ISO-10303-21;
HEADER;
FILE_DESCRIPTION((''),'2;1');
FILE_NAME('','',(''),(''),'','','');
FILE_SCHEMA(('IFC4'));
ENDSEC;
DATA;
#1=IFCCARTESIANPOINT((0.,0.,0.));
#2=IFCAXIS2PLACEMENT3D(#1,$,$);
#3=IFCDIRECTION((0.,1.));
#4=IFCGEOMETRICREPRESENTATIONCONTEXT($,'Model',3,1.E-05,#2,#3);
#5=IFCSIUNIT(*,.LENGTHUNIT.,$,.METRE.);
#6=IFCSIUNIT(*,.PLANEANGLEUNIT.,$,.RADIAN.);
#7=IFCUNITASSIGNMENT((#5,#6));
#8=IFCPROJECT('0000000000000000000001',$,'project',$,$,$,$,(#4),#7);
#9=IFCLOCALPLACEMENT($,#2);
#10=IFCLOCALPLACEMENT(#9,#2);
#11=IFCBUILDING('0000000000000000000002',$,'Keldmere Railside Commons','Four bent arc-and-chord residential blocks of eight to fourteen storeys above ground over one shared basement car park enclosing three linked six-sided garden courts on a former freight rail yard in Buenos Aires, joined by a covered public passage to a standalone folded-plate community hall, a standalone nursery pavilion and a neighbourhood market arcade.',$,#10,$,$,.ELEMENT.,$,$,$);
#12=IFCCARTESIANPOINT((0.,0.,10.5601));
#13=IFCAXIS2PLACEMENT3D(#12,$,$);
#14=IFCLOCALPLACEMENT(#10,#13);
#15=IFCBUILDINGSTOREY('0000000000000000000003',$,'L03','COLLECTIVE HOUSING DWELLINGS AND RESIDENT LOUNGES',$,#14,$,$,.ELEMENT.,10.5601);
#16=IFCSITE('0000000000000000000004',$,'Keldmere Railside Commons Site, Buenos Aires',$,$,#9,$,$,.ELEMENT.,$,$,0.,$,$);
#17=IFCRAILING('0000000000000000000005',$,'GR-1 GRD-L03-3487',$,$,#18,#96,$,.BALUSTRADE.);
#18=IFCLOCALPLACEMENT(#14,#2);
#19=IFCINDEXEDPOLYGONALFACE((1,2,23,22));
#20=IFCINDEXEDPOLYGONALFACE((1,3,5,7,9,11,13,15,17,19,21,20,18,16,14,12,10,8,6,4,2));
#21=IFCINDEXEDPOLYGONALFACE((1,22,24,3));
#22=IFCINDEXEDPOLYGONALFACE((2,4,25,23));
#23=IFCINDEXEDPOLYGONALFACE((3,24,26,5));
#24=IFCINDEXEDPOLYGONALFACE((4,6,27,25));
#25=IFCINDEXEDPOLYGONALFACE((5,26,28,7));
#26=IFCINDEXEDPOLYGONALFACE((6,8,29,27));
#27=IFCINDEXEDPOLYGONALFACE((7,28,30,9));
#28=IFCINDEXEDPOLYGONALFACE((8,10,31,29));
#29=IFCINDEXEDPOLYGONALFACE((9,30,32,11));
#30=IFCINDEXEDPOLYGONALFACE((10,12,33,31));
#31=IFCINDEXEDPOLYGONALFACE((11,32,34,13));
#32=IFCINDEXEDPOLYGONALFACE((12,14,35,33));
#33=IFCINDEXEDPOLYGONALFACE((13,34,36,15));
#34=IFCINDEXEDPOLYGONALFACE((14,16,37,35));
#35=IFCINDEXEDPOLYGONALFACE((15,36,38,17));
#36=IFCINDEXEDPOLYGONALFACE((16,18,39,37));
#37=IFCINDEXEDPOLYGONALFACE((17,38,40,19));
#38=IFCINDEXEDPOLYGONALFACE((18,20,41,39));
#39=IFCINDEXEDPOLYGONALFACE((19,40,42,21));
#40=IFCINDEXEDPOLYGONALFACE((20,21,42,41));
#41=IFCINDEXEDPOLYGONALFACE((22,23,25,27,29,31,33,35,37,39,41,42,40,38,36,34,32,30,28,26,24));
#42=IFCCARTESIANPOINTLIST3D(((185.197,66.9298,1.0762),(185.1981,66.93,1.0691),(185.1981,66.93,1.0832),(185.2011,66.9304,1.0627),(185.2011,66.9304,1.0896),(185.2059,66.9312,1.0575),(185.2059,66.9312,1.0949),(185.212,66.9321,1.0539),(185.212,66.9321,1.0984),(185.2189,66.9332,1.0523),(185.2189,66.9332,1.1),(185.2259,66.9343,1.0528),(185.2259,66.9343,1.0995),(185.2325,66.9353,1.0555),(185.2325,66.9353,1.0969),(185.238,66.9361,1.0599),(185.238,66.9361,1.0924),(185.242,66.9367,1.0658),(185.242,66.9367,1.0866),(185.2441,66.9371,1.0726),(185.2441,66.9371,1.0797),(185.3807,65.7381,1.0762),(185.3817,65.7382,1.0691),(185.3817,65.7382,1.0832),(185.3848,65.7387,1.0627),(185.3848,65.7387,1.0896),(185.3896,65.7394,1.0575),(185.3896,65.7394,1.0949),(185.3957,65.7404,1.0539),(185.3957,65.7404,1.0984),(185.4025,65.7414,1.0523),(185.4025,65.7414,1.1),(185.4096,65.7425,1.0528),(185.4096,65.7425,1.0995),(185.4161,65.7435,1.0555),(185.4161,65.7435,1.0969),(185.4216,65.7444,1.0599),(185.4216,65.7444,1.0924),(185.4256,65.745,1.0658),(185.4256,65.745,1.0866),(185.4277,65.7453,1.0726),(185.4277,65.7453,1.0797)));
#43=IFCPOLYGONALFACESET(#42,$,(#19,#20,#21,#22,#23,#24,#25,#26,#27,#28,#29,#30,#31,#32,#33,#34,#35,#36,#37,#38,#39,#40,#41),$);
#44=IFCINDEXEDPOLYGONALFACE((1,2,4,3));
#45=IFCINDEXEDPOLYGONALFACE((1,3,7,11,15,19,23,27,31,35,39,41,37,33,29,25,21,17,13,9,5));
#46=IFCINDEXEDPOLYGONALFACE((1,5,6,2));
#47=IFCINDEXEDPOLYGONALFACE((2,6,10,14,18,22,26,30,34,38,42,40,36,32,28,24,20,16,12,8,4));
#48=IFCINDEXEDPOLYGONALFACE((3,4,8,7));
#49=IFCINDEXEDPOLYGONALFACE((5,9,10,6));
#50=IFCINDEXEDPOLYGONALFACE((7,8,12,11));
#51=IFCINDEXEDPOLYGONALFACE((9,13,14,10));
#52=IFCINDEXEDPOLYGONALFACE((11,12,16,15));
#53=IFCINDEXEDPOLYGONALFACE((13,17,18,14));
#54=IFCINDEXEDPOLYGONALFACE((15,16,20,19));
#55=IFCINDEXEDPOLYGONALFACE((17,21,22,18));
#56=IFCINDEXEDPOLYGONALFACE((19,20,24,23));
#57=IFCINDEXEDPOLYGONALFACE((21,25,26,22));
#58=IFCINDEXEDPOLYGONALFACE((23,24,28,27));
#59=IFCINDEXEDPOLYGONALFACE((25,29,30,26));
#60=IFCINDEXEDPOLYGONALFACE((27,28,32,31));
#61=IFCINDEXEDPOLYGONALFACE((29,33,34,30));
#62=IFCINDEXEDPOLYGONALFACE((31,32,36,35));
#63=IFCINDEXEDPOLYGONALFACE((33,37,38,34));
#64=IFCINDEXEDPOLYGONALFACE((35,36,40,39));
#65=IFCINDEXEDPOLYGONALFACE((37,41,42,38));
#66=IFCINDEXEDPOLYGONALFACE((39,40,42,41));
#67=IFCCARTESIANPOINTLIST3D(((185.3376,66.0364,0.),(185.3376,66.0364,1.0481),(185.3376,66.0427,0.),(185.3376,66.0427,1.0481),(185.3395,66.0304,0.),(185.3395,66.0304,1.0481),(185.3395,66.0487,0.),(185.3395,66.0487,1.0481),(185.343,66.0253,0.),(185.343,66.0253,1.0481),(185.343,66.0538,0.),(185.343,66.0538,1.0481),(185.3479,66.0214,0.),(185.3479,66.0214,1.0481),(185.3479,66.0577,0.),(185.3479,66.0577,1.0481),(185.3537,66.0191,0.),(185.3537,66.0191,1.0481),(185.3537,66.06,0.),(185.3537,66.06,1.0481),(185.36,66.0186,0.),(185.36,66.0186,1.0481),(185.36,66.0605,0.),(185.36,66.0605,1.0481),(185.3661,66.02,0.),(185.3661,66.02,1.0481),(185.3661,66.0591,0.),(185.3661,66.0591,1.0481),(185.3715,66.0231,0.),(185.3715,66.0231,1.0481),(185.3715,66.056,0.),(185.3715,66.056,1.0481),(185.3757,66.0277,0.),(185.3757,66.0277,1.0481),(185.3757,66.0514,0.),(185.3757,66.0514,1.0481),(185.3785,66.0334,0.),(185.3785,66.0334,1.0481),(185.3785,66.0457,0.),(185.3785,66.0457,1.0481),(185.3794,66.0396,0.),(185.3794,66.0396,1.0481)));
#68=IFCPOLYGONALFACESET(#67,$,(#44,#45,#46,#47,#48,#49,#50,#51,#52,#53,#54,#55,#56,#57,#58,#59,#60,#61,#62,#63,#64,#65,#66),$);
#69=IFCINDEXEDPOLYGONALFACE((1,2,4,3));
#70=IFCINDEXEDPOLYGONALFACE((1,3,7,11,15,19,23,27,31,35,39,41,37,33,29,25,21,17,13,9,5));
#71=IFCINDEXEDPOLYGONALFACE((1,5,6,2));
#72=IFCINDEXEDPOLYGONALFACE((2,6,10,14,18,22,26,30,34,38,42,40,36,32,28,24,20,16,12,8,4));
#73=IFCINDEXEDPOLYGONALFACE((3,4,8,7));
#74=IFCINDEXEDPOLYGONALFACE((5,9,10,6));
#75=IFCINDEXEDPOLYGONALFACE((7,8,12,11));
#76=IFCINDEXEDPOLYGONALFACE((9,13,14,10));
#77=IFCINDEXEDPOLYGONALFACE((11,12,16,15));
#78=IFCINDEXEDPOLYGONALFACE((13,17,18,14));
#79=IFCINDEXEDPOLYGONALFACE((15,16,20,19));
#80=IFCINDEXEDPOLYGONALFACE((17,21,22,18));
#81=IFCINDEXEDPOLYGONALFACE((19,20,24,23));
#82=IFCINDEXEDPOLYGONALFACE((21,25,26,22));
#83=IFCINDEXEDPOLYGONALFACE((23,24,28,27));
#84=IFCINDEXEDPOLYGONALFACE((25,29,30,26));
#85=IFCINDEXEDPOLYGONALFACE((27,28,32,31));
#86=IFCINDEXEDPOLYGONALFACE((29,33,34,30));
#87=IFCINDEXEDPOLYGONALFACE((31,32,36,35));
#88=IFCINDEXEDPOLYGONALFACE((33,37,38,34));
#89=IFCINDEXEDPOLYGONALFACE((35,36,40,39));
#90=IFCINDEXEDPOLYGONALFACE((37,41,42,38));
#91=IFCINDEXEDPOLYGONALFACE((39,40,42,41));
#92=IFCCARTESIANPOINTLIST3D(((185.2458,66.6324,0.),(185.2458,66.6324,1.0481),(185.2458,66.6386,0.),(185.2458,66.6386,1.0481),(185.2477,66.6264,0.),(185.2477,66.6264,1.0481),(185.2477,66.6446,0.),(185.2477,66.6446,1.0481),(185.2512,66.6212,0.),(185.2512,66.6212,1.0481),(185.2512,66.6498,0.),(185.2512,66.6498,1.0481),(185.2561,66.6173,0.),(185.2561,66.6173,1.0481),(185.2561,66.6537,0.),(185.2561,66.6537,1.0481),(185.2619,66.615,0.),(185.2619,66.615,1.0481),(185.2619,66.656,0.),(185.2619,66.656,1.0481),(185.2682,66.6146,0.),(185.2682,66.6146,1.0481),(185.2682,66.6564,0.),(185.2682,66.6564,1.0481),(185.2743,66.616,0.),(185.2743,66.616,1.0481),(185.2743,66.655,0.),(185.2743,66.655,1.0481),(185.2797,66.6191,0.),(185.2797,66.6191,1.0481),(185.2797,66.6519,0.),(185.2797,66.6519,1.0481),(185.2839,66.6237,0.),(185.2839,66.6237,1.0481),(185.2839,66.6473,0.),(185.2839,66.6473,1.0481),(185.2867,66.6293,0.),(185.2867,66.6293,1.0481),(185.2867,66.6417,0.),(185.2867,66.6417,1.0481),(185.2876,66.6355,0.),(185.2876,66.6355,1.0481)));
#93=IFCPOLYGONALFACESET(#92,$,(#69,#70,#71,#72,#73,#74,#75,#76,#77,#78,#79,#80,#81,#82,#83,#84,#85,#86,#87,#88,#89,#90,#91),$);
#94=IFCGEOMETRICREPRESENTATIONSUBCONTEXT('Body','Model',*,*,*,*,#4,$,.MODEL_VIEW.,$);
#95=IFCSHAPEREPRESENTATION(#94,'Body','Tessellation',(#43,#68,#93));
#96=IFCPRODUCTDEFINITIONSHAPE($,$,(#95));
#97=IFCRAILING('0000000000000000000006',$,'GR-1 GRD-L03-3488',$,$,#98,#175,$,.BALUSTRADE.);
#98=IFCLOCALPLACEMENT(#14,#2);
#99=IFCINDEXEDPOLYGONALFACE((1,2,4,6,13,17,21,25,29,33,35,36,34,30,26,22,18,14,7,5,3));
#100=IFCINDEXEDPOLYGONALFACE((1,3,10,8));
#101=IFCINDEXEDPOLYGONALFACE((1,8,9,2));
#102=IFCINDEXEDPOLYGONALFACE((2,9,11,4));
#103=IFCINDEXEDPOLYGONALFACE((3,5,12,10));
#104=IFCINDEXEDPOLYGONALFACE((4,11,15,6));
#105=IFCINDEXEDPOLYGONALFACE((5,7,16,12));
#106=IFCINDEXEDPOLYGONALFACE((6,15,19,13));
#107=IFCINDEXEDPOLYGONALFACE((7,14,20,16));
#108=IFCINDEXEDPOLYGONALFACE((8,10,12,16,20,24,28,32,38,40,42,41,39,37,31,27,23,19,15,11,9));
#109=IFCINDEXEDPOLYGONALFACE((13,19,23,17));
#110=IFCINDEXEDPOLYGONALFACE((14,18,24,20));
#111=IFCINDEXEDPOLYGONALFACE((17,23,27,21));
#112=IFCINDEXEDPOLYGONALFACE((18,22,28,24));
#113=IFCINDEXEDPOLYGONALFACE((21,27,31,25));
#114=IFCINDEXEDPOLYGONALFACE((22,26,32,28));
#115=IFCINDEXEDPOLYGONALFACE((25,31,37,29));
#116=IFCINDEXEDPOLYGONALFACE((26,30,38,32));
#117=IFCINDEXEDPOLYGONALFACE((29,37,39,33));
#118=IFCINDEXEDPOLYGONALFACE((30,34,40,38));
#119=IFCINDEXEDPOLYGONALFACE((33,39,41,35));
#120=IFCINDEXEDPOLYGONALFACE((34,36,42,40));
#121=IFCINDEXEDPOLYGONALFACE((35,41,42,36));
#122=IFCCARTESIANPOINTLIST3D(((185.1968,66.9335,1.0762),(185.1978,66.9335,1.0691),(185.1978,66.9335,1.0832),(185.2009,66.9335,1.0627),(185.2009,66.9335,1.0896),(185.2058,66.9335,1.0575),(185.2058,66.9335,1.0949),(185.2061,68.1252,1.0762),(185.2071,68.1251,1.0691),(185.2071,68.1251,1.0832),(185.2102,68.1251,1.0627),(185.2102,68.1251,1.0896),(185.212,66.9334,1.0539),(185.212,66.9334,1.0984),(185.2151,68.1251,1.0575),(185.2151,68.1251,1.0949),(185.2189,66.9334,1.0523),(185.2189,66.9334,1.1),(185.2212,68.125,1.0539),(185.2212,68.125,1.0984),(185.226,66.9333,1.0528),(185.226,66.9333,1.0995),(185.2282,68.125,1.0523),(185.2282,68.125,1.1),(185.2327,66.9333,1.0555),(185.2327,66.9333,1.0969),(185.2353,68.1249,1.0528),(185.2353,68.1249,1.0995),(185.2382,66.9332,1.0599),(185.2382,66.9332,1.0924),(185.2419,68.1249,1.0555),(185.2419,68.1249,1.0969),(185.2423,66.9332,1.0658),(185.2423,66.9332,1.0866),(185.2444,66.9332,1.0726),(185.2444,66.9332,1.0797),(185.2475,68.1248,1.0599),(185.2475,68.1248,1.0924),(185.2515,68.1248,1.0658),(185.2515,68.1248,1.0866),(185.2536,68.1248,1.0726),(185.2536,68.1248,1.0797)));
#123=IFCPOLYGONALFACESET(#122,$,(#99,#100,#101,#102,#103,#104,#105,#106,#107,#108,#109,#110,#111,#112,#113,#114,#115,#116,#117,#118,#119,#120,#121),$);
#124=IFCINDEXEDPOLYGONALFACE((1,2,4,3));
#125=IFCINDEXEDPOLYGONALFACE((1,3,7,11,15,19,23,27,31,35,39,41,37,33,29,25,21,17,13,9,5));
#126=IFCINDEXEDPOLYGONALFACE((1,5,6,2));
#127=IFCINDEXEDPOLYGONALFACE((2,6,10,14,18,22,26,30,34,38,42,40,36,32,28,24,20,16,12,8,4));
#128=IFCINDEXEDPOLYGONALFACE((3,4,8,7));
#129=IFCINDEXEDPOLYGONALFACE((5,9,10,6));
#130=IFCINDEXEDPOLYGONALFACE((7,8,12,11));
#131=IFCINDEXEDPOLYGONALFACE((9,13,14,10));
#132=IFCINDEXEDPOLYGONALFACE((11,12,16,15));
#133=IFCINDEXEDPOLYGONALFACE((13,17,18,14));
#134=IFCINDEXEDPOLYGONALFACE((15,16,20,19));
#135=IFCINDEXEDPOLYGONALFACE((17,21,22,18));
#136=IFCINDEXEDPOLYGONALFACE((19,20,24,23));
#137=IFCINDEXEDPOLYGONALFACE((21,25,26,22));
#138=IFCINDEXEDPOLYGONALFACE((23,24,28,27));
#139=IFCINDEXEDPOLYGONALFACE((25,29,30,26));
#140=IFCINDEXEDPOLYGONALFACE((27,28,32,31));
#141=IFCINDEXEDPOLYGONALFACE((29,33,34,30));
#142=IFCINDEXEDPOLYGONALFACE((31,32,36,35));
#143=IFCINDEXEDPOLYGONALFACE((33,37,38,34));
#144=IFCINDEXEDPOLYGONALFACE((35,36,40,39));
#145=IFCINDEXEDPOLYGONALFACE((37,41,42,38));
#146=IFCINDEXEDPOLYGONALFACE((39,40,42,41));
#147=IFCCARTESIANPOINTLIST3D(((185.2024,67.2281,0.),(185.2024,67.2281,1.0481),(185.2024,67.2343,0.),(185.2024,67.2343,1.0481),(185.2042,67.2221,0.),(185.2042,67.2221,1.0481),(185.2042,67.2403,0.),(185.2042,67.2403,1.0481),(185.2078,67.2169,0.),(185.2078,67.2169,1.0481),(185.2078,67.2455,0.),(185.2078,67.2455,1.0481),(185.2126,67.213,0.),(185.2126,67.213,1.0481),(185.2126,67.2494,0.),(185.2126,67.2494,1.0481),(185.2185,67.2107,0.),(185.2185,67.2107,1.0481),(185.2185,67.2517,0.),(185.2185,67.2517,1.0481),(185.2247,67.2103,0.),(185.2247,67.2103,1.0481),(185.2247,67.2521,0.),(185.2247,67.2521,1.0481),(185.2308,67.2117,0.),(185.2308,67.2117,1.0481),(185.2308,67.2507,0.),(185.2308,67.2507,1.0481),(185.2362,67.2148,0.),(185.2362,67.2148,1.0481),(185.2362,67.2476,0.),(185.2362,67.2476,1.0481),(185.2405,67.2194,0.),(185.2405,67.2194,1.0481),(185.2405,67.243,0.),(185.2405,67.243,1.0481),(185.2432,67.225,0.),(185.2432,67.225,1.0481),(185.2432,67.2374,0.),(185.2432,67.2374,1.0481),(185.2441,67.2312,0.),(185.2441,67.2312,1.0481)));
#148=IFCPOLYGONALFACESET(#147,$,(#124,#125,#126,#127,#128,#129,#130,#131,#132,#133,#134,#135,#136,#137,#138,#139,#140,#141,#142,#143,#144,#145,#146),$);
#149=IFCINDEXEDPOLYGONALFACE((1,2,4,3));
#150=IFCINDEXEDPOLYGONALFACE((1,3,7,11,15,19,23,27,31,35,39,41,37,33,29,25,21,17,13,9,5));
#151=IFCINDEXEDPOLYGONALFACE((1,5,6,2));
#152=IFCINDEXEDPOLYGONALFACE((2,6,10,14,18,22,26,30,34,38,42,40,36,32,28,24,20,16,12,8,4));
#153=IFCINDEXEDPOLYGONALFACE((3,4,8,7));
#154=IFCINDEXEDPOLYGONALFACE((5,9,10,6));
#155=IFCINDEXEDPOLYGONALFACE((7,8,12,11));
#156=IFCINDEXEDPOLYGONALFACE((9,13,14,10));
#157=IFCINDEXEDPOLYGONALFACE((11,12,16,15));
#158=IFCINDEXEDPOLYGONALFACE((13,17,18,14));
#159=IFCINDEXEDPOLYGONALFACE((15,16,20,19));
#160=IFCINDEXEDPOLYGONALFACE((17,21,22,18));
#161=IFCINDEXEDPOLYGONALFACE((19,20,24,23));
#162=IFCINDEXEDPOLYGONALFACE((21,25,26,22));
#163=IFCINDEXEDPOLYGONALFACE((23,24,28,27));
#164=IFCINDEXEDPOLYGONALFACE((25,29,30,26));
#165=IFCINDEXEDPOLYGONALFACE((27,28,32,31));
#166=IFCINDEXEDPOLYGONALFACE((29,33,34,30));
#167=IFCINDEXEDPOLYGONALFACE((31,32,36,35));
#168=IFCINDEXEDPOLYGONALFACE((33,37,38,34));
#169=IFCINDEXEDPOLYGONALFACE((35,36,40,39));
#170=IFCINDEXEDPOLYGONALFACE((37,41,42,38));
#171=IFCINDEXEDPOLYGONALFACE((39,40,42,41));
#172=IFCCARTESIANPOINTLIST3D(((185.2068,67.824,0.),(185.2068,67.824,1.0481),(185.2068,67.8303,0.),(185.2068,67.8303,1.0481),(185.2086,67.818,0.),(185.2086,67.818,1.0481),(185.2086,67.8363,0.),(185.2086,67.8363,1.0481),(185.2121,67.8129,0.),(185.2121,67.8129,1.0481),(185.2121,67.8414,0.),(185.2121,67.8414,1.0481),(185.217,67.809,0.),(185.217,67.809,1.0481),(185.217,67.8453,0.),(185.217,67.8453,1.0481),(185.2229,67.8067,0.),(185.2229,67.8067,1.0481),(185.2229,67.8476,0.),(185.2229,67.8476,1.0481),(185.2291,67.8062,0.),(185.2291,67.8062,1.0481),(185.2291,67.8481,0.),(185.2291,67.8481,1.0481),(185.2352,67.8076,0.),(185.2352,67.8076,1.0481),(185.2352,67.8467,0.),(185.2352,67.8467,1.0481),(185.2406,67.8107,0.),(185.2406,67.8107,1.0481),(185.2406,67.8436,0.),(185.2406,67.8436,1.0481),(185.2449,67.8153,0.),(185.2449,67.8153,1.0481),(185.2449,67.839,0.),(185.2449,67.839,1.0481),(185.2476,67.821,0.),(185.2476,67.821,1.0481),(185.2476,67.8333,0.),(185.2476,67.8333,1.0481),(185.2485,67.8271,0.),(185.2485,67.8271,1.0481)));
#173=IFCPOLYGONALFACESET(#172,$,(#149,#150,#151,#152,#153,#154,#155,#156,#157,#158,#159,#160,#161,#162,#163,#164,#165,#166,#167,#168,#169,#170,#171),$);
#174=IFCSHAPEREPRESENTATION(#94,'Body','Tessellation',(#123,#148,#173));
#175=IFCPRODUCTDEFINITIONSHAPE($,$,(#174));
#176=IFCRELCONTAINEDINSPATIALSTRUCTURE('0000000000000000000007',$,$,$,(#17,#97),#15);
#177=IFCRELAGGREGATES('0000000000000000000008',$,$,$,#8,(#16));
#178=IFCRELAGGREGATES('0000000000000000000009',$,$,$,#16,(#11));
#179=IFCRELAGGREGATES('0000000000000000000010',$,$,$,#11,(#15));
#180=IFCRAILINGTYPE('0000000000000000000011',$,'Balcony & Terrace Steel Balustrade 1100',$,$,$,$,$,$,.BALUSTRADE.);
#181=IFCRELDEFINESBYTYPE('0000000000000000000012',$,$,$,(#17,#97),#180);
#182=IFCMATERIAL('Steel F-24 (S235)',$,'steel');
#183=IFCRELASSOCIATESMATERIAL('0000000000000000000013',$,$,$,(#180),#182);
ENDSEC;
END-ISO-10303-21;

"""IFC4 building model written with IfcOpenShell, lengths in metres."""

from ifc_helpers import new_model, si_unit, direction, frame, origin, origin_2d, place, context, subcontext, project, spatial, circle, extrude, material, type_object, element, save


model = new_model("IFC4")

# Units and contexts
model_context = context("Model", 3, precision=1e-05, world=origin(), true_north=direction((0.0, 1.0)))
body_context = subcontext(model_context, "Body", "Model", "MODEL_VIEW")
ifc_project = project(units=[si_unit("LENGTHUNIT", "METRE"), si_unit("PLANEANGLEUNIT", "RADIAN")], contexts=[model_context])

# Site, building, storey
site_placement = place(None, origin())
site = spatial("IfcSite", under=ifc_project, at=site_placement, Name="Keldmere Railside Commons Site, Buenos Aires", CompositionType="ELEMENT", RefElevation=0.0)
building_placement = place(site_placement, origin())
building = spatial("IfcBuilding", under=site, at=building_placement, Name="Keldmere Railside Commons", Description="Four bent arc-and-chord residential blocks of eight to fourteen storeys above ground over one shared basement car park enclosing three linked six-sided garden courts on a former freight rail yard in Buenos Aires, joined by a covered public passage to a standalone folded-plate community hall, a standalone nursery pavilion and a neighbourhood market arcade.", CompositionType="ELEMENT")
storey_placement = place(building_placement, frame((0.0, 0.0, 10.5601)))
storey = spatial("IfcBuildingStorey", under=building, at=storey_placement, Name="L03", Description="COLLECTIVE HOUSING DWELLINGS AND RESIDENT LOUNGES", CompositionType="ELEMENT", Elevation=10.5601)

# Railings
ifc_material_1 = material(Name="Steel F-24 (S235)", Category="steel")
railing_type_1 = type_object("IfcRailingType", Name="Balcony & Terrace Steel Balustrade 1100", PredefinedType="BALUSTRADE", material=ifc_material_1)
railing_1_placement = place(storey_placement, frame((185.4043, 65.7417, 0.0)))
element("IfcRailing", 1, at=railing_1_placement, inside=storey, type_object=railing_type_1, Name="GR-1 GRD-L03-3487", PredefinedType="BALUSTRADE", context=body_context, shape_type="SweptSolid", body=[
    extrude(circle(Radius=0.0239, at=origin_2d()), frame((0.0, 0.0, 1.0762), z_axis=(-0.15227, 0.988339, 0.0), x_axis=(-0.988339, -0.15227, 0.0)), (0.0, 0.0, 1.0), 1.2058),
    extrude(circle(Radius=0.021, at=origin_2d()), frame((-0.0459, 0.2979, 0.0)), (0.0, 0.0, 1.0), 1.0481),
    extrude(circle(Radius=0.021, at=origin_2d()), frame((-0.1377, 0.8938, 0.0)), (0.0, 0.0, 1.0), 1.0481),
])
railing_2_placement = place(storey_placement, frame((185.2207, 66.9333, 0.0)))
element("IfcRailing", 2, at=railing_2_placement, inside=storey, type_object=railing_type_1, Name="GR-1 GRD-L03-3488", PredefinedType="BALUSTRADE", context=body_context, shape_type="SweptSolid", body=[
    extrude(circle(Radius=0.0239, at=origin_2d()), frame((0.0, 0.0, 1.0762), z_axis=(0.007785, 0.99997, 0.0), x_axis=(-0.99997, 0.007785, 0.0)), (0.0, 0.0, 1.0), 1.1917),
    extrude(circle(Radius=0.021, at=origin_2d()), frame((0.0024, 0.2979, 0.0)), (0.0, 0.0, 1.0), 1.0481),
    extrude(circle(Radius=0.021, at=origin_2d()), frame((0.0068, 0.8938, 0.0)), (0.0, 0.0, 1.0), 1.0481),
])

save(model, "model.ifc")
